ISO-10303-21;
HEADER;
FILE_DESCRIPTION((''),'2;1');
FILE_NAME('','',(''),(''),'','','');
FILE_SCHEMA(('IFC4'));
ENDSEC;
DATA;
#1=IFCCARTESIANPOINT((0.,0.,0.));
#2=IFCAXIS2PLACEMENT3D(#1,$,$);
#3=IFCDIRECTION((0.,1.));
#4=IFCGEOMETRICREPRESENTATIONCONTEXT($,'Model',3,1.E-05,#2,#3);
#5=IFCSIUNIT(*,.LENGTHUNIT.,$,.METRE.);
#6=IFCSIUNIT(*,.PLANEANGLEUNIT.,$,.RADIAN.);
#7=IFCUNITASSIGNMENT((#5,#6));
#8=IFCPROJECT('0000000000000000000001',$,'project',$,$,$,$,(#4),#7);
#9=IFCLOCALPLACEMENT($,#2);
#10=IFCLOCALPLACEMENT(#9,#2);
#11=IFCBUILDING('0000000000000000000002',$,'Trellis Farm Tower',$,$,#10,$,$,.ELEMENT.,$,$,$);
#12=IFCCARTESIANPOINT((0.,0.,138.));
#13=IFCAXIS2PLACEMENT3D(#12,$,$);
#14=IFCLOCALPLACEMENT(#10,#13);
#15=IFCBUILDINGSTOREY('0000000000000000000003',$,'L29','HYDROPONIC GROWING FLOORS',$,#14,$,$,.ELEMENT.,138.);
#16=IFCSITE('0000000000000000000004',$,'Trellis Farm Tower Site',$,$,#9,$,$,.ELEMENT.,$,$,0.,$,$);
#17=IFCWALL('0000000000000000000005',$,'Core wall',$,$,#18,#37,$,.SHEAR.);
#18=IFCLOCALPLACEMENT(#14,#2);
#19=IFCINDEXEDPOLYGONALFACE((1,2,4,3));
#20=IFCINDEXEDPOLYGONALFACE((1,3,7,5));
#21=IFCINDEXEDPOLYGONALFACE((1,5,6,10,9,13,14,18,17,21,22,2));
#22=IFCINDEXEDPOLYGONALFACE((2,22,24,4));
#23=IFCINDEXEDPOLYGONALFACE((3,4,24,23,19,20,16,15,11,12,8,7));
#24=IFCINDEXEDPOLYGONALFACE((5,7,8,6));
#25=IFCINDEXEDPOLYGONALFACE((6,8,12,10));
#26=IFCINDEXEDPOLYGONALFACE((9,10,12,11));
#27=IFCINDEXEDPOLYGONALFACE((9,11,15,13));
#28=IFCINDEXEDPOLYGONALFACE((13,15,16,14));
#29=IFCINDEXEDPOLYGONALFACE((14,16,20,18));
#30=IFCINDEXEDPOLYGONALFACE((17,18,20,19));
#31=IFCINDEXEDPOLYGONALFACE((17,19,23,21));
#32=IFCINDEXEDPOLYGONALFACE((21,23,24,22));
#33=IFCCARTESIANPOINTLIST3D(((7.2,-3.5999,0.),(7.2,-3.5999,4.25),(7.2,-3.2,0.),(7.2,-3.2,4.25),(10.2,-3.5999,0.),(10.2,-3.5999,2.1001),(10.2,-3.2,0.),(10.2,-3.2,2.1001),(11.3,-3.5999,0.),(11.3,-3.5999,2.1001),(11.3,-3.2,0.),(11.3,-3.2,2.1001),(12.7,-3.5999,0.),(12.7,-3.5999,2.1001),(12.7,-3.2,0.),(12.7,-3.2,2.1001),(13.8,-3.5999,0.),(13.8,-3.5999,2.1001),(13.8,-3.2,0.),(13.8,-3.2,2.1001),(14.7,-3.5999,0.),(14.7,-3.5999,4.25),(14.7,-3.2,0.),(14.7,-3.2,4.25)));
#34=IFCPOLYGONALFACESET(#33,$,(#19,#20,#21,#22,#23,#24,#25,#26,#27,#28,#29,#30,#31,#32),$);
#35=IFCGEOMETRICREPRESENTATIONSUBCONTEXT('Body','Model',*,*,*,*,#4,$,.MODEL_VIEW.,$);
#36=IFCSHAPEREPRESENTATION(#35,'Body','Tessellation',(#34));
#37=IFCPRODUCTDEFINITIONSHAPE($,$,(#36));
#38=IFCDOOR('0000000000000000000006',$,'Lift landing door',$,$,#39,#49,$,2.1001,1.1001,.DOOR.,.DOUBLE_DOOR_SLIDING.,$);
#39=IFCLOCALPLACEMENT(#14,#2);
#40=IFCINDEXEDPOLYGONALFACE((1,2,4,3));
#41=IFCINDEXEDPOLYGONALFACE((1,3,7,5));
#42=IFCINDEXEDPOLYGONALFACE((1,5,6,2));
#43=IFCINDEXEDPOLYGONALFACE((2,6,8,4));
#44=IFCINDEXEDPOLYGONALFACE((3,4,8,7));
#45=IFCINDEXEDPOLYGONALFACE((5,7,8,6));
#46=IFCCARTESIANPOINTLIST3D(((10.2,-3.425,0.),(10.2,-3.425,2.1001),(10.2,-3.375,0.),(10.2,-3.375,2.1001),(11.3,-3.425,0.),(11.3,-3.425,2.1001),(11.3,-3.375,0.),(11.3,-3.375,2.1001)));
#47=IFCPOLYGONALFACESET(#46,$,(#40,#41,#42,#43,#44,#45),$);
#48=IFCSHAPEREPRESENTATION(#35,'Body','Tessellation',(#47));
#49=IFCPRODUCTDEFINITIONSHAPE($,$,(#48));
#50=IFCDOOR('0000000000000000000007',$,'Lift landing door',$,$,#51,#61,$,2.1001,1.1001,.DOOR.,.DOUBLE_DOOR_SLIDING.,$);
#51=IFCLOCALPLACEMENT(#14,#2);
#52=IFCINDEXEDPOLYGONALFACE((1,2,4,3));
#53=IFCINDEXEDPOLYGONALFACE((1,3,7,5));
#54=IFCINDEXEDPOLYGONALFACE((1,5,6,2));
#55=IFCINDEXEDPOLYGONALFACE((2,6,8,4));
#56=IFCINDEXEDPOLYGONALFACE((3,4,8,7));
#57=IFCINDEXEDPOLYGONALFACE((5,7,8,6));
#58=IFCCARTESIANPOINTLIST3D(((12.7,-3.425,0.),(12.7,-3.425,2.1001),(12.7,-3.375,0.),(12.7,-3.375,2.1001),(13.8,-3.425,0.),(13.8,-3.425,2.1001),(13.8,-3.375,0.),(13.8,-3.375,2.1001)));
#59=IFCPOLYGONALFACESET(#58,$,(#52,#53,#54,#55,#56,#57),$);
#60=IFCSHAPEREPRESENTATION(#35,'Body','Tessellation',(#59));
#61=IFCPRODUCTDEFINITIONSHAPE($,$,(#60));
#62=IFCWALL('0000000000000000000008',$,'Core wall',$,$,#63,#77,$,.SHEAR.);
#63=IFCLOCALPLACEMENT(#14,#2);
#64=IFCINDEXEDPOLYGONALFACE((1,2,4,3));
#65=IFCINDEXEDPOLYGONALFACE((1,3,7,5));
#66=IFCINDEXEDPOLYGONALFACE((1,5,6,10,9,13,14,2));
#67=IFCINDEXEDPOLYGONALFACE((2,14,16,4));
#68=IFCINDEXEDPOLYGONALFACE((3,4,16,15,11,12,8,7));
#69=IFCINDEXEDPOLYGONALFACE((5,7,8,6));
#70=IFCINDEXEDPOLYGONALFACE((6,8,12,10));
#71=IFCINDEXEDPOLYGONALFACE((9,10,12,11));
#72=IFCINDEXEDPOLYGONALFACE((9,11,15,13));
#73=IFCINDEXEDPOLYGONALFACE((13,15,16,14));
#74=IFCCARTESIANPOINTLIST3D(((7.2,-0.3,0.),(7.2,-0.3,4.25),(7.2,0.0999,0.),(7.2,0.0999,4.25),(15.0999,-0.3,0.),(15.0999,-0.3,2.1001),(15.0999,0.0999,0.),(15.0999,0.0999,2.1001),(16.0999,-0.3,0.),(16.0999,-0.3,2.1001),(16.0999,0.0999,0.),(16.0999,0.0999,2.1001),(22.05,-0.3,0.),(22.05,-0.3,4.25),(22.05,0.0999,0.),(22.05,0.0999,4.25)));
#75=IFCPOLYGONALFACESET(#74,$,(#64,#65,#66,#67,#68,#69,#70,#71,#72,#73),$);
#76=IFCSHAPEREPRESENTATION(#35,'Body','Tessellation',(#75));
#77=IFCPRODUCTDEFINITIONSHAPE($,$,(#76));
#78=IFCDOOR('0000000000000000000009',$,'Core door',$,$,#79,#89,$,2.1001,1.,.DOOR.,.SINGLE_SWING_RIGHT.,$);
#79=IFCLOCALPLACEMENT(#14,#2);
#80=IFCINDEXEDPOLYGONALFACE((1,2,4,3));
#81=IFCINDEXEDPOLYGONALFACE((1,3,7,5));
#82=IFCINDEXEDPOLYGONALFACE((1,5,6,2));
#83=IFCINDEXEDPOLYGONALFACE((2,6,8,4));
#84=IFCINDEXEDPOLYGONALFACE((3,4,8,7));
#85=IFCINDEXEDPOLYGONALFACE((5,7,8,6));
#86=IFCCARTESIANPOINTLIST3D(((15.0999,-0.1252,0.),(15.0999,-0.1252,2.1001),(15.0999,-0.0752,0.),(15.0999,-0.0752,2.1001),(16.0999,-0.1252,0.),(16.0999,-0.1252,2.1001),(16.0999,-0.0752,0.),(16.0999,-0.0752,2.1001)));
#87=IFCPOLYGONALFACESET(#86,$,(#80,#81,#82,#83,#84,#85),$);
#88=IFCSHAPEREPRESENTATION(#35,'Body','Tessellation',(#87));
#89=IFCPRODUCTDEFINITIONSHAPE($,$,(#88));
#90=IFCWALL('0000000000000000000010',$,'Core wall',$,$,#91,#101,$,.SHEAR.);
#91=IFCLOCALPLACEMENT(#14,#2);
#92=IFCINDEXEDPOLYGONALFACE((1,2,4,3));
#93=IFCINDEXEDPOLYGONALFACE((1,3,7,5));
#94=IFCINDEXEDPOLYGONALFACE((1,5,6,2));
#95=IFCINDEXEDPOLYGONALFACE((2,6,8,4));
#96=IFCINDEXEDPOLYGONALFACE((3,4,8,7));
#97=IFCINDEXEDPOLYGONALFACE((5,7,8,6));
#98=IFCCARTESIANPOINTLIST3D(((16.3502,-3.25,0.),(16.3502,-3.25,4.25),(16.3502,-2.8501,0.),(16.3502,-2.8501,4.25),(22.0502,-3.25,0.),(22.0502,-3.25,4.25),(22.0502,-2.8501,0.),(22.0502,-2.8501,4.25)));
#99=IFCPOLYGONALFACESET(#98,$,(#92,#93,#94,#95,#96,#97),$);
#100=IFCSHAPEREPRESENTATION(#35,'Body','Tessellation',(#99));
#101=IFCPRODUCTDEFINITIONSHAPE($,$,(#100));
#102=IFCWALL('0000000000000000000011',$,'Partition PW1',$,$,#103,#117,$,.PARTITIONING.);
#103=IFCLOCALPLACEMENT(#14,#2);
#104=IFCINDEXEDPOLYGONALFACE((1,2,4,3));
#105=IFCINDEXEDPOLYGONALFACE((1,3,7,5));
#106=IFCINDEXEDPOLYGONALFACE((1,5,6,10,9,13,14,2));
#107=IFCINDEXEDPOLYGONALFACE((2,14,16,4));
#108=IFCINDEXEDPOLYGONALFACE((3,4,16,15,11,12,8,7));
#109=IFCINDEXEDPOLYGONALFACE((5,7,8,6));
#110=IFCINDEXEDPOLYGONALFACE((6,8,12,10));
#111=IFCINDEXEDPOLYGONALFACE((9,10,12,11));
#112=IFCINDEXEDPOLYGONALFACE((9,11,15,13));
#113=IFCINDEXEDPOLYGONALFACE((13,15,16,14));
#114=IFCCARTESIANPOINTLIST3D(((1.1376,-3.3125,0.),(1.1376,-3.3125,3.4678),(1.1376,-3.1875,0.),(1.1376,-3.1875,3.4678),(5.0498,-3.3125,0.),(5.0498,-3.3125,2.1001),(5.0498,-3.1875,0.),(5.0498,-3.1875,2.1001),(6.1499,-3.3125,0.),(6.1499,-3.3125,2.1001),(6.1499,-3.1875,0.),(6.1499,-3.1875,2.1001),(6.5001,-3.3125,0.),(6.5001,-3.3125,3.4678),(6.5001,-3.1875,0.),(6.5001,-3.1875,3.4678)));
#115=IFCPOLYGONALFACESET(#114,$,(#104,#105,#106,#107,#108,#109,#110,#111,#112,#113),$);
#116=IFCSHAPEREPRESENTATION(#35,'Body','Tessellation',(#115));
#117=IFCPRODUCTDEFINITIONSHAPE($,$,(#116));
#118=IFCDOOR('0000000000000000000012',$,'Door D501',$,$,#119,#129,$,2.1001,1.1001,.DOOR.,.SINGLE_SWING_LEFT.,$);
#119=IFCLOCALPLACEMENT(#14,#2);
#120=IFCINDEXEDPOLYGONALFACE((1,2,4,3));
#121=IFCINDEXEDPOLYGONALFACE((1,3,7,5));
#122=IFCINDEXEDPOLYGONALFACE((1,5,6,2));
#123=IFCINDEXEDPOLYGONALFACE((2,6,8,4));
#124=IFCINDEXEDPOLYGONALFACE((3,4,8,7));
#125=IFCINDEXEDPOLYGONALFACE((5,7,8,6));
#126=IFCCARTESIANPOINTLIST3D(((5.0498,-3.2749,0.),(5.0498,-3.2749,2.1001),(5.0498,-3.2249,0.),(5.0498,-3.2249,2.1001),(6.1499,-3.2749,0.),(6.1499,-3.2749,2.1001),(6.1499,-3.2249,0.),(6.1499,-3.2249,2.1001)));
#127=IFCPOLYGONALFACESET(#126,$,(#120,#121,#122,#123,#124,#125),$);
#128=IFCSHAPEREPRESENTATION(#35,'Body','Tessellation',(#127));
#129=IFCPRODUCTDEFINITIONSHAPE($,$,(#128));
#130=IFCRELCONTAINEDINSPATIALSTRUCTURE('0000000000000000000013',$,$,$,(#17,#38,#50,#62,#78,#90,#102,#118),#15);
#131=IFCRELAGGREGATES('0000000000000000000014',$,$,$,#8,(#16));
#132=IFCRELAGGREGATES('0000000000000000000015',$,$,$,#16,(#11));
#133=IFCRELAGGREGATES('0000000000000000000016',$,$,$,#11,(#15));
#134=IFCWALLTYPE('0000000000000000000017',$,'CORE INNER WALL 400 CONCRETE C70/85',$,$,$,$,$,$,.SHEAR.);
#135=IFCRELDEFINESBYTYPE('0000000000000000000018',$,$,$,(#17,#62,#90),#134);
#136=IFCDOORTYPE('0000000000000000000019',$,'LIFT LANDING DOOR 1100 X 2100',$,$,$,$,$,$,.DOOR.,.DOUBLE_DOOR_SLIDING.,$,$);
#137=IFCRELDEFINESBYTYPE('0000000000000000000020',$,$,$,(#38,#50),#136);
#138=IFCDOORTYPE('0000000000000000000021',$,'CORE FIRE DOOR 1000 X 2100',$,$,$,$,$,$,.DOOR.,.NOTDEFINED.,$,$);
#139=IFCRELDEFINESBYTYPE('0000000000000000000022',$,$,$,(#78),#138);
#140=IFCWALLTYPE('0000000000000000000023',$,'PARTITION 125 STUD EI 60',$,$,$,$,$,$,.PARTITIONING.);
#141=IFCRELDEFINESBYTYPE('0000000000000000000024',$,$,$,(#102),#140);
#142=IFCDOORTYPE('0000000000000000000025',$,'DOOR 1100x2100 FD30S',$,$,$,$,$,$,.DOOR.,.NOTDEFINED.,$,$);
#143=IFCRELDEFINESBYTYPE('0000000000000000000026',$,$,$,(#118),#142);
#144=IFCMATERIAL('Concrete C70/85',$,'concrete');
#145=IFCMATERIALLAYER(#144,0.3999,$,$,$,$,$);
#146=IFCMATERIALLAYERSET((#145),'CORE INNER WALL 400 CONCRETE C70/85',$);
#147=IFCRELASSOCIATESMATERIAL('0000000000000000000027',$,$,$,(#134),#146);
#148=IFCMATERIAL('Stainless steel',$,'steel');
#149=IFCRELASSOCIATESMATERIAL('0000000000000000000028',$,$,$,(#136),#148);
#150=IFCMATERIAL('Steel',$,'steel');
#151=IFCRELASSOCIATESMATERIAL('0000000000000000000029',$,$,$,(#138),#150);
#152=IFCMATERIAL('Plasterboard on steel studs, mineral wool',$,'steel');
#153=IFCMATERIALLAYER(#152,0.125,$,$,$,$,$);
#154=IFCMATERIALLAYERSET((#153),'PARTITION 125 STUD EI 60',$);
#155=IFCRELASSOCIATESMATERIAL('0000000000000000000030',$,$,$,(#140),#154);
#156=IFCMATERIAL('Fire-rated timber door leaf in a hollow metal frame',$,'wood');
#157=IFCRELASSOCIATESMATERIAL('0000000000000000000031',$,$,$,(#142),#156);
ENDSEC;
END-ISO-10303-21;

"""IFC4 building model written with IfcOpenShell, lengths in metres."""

from ifc_helpers import new_model, si_unit, direction, frame, frame_2d, origin, place, context, subcontext, project, spatial, rectangle, extrude, source, transform, mapped, material, layer, layer_set, type_object, element, fill, save


model = new_model("IFC4")

# Units and contexts
model_context = context("Model", 3, precision=1e-05, world=origin(), true_north=direction((0.0, 1.0)))
body_context = subcontext(model_context, "Body", "Model", "MODEL_VIEW")
ifc_project = project(units=[si_unit("LENGTHUNIT", "METRE"), si_unit("PLANEANGLEUNIT", "RADIAN")], contexts=[model_context])

# Site, building, storey
site_placement = place(None, origin())
site = spatial("IfcSite", under=ifc_project, at=site_placement, Name="Trellis Farm Tower Site", CompositionType="ELEMENT", RefElevation=0.0)
building_placement = place(site_placement, origin())
building = spatial("IfcBuilding", under=site, at=building_placement, Name="Trellis Farm Tower", CompositionType="ELEMENT")
storey_placement = place(building_placement, frame((0.0, 0.0, 138.0)))
storey = spatial("IfcBuildingStorey", under=building, at=storey_placement, Name="L29", Description="HYDROPONIC GROWING FLOORS", CompositionType="ELEMENT", Elevation=138.0)

# Shared definitions
ifc_material_1 = material(Name="Concrete C70/85", Category="concrete")

# Wall, openings, doors
ifc_layer_1 = layer(ifc_material_1, 0.3999)
ifc_layer_set_1 = layer_set([ifc_layer_1], Name="CORE INNER WALL 400 CONCRETE C70/85")
wall_type_1 = type_object("IfcWallType", Name="CORE INNER WALL 400 CONCRETE C70/85", PredefinedType="SHEAR", material=ifc_layer_set_1)
shared_shape_1 = source(origin(), body_context, "Body", "SweptSolid", [
    extrude(rectangle(XDim=7.5, YDim=0.3999, at=frame_2d((3.75, 0.0))), origin(), (0.0, 0.0, 1.0), 4.25),
])
wall_1_placement = place(storey_placement, frame((7.2, -3.3999, 0.0), z_axis=(0.0, 0.0, 1.0), x_axis=(1.0, 0.0, 0.0)))
wall_1 = element("IfcWall", 1, at=wall_1_placement, inside=storey, type_object=wall_type_1, Name="Core wall", PredefinedType="SHEAR", context=body_context, shape_type="MappedRepresentation", body=[
    mapped(shared_shape_1, transform((0.0, 0.0, 0.0))),
])
shared_shape_2 = source(origin(), body_context, "Body", "SweptSolid", [
    extrude(rectangle(XDim=1.1001, YDim=2.1001, at=frame_2d((0.55, 1.05))), frame((0.0, 0.21, 0.0), z_axis=(0.0, -1.0, 0.0), x_axis=(1.0, 0.0, 0.0)), (0.0, 0.0, 1.0), 0.4199),
])
opening_1_placement = place(wall_1_placement, frame((3.0, 0.0, 0.0)))
opening_1 = element("IfcOpeningElement", 2, at=opening_1_placement, cuts=wall_1, PredefinedType="OPENING", context=body_context, shape_type="MappedRepresentation", body=[
    mapped(shared_shape_2, transform((0.0, 0.0, 0.0))),
])
opening_2_placement = place(wall_1_placement, frame((5.5, 0.0, 0.0)))
opening_2 = element("IfcOpeningElement", 3, at=opening_2_placement, cuts=wall_1, PredefinedType="OPENING", context=body_context, shape_type="MappedRepresentation", body=[
    mapped(shared_shape_2, transform((0.0, 0.0, 0.0))),
])
ifc_material_2 = material(Name="Stainless steel", Category="steel")
door_type_1 = type_object("IfcDoorType", Name="LIFT LANDING DOOR 1100 X 2100", OperationType="DOUBLE_DOOR_SLIDING", PredefinedType="DOOR", material=ifc_material_2)
shared_shape_3 = source(origin(), body_context, "Body", "SweptSolid", [
    extrude(rectangle(XDim=1.1001, YDim=2.1001, at=frame_2d((0.55, 1.05))), frame((0.0, 0.0249, 0.0), z_axis=(0.0, -1.0, 0.0), x_axis=(1.0, 0.0, 0.0)), (0.0, 0.0, 1.0), 0.05),
])
door_1_placement = place(opening_1_placement, origin())
door_1 = element("IfcDoor", 4, at=door_1_placement, inside=storey, type_object=door_type_1, Name="Lift landing door", OperationType="DOUBLE_DOOR_SLIDING", OverallHeight=2.1001, OverallWidth=1.1001, PredefinedType="DOOR", context=body_context, shape_type="MappedRepresentation", body=[
    mapped(shared_shape_3, transform((0.0, 0.0, 0.0))),
])
fill(opening_1, door_1)
door_2_placement = place(opening_2_placement, origin())
door_2 = element("IfcDoor", 5, at=door_2_placement, inside=storey, type_object=door_type_1, Name="Lift landing door", OperationType="DOUBLE_DOOR_SLIDING", OverallHeight=2.1001, OverallWidth=1.1001, PredefinedType="DOOR", context=body_context, shape_type="MappedRepresentation", body=[
    mapped(shared_shape_3, transform((0.0, 0.0, 0.0))),
])
fill(opening_2, door_2)

# Wall, opening, door
shared_shape_4 = source(origin(), body_context, "Body", "SweptSolid", [
    extrude(rectangle(XDim=14.8501, YDim=0.3999, at=frame_2d((7.425, 0.0))), origin(), (0.0, 0.0, 1.0), 4.25),
])
wall_2_placement = place(storey_placement, frame((7.2, -0.1001, 0.0), z_axis=(0.0, 0.0, 1.0), x_axis=(1.0, 0.0, 0.0)))
wall_2 = element("IfcWall", 6, at=wall_2_placement, inside=storey, type_object=wall_type_1, Name="Core wall", PredefinedType="SHEAR", context=body_context, shape_type="MappedRepresentation", body=[
    mapped(shared_shape_4, transform((0.0, 0.0, 0.0))),
])
shared_shape_5 = source(origin(), body_context, "Body", "SweptSolid", [
    extrude(rectangle(XDim=1.0, YDim=2.1001, at=frame_2d((0.5, 1.05))), frame((0.0, 0.21, 0.0), z_axis=(0.0, -1.0, 0.0), x_axis=(1.0, 0.0, 0.0)), (0.0, 0.0, 1.0), 0.4199),
])
opening_3_placement = place(wall_2_placement, frame((7.8999, 0.0, 0.0)))
opening_3 = element("IfcOpeningElement", 7, at=opening_3_placement, cuts=wall_2, PredefinedType="OPENING", context=body_context, shape_type="MappedRepresentation", body=[
    mapped(shared_shape_5, transform((0.0, 0.0, 0.0))),
])
ifc_material_3 = material(Name="Steel", Category="steel")
door_type_2 = type_object("IfcDoorType", Name="CORE FIRE DOOR 1000 X 2100", OperationType="NOTDEFINED", PredefinedType="DOOR", material=ifc_material_3)
shared_shape_6 = source(origin(), body_context, "Body", "SweptSolid", [
    extrude(rectangle(XDim=1.0, YDim=2.1001, at=frame_2d((0.5, 1.05))), frame((0.0, 0.0249, 0.0), z_axis=(0.0, -1.0, 0.0), x_axis=(1.0, 0.0, 0.0)), (0.0, 0.0, 1.0), 0.05),
])
door_3_placement = place(opening_3_placement, origin())
door_3 = element("IfcDoor", 8, at=door_3_placement, inside=storey, type_object=door_type_2, Name="Core door", OperationType="SINGLE_SWING_RIGHT", OverallHeight=2.1001, OverallWidth=1.0, PredefinedType="DOOR", context=body_context, shape_type="MappedRepresentation", body=[
    mapped(shared_shape_6, transform((0.0, 0.0, 0.0))),
])
fill(opening_3, door_3)

# Wall
shared_shape_7 = source(origin(), body_context, "Body", "SweptSolid", [
    extrude(rectangle(XDim=5.7, YDim=0.3999, at=frame_2d((2.8501, 0.0))), origin(), (0.0, 0.0, 1.0), 4.25),
])
wall_3_placement = place(storey_placement, frame((16.3501, -3.05, 0.0), z_axis=(0.0, 0.0, 1.0), x_axis=(1.0, 0.0, 0.0)))
element("IfcWall", 9, at=wall_3_placement, inside=storey, type_object=wall_type_1, Name="Core wall", PredefinedType="SHEAR", context=body_context, shape_type="MappedRepresentation", body=[
    mapped(shared_shape_7, transform((0.0, 0.0, 0.0))),
])

# Wall, opening, door
ifc_material_4 = material(Name="Plasterboard on steel studs, mineral wool", Category="steel")
ifc_layer_2 = layer(ifc_material_4, 0.125)
ifc_layer_set_2 = layer_set([ifc_layer_2], Name="PARTITION 125 STUD EI 60")
wall_type_2 = type_object("IfcWallType", Name="PARTITION 125 STUD EI 60", PredefinedType="PARTITIONING", material=ifc_layer_set_2)
shared_shape_8 = source(origin(), body_context, "Body", "SweptSolid", [
    extrude(rectangle(XDim=5.3625, YDim=0.125, at=frame_2d((2.6812, 0.0))), origin(), (0.0, 0.0, 1.0), 3.4678),
])
wall_4_placement = place(storey_placement, frame((6.5, -3.25, 0.0), z_axis=(0.0, 0.0, 1.0), x_axis=(-1.0, 0.0, 0.0)))
wall_4 = element("IfcWall", 10, at=wall_4_placement, inside=storey, type_object=wall_type_2, Name="Partition PW1", PredefinedType="PARTITIONING", context=body_context, shape_type="MappedRepresentation", body=[
    mapped(shared_shape_8, transform((0.0, 0.0, 0.0))),
])
shared_shape_9 = source(origin(), body_context, "Body", "SweptSolid", [
    extrude(rectangle(XDim=1.1001, YDim=2.1001, at=frame_2d((0.55, 1.05))), frame((0.0, 0.0725, 0.0), z_axis=(0.0, -1.0, 0.0), x_axis=(1.0, 0.0, 0.0)), (0.0, 0.0, 1.0), 0.145),
])
opening_4_placement = place(wall_4_placement, frame((0.3501, 0.0, 0.0)))
opening_4 = element("IfcOpeningElement", 11, at=opening_4_placement, cuts=wall_4, PredefinedType="OPENING", context=body_context, shape_type="MappedRepresentation", body=[
    mapped(shared_shape_9, transform((0.0, 0.0, 0.0))),
])
ifc_material_5 = material(Name="Fire-rated timber door leaf in a hollow metal frame", Category="wood")
door_type_3 = type_object("IfcDoorType", Name="DOOR 1100x2100 FD30S", OperationType="NOTDEFINED", PredefinedType="DOOR", material=ifc_material_5)
door_4_placement = place(opening_4_placement, origin())
door_4 = element("IfcDoor", 12, at=door_4_placement, inside=storey, type_object=door_type_3, Name="Door D501", OperationType="SINGLE_SWING_LEFT", OverallHeight=2.1001, OverallWidth=1.1001, PredefinedType="DOOR", context=body_context, shape_type="MappedRepresentation", body=[
    mapped(shared_shape_3, transform((0.0, 0.0, 0.0))),
])
fill(opening_4, door_4)

save(model, "model.ifc")
